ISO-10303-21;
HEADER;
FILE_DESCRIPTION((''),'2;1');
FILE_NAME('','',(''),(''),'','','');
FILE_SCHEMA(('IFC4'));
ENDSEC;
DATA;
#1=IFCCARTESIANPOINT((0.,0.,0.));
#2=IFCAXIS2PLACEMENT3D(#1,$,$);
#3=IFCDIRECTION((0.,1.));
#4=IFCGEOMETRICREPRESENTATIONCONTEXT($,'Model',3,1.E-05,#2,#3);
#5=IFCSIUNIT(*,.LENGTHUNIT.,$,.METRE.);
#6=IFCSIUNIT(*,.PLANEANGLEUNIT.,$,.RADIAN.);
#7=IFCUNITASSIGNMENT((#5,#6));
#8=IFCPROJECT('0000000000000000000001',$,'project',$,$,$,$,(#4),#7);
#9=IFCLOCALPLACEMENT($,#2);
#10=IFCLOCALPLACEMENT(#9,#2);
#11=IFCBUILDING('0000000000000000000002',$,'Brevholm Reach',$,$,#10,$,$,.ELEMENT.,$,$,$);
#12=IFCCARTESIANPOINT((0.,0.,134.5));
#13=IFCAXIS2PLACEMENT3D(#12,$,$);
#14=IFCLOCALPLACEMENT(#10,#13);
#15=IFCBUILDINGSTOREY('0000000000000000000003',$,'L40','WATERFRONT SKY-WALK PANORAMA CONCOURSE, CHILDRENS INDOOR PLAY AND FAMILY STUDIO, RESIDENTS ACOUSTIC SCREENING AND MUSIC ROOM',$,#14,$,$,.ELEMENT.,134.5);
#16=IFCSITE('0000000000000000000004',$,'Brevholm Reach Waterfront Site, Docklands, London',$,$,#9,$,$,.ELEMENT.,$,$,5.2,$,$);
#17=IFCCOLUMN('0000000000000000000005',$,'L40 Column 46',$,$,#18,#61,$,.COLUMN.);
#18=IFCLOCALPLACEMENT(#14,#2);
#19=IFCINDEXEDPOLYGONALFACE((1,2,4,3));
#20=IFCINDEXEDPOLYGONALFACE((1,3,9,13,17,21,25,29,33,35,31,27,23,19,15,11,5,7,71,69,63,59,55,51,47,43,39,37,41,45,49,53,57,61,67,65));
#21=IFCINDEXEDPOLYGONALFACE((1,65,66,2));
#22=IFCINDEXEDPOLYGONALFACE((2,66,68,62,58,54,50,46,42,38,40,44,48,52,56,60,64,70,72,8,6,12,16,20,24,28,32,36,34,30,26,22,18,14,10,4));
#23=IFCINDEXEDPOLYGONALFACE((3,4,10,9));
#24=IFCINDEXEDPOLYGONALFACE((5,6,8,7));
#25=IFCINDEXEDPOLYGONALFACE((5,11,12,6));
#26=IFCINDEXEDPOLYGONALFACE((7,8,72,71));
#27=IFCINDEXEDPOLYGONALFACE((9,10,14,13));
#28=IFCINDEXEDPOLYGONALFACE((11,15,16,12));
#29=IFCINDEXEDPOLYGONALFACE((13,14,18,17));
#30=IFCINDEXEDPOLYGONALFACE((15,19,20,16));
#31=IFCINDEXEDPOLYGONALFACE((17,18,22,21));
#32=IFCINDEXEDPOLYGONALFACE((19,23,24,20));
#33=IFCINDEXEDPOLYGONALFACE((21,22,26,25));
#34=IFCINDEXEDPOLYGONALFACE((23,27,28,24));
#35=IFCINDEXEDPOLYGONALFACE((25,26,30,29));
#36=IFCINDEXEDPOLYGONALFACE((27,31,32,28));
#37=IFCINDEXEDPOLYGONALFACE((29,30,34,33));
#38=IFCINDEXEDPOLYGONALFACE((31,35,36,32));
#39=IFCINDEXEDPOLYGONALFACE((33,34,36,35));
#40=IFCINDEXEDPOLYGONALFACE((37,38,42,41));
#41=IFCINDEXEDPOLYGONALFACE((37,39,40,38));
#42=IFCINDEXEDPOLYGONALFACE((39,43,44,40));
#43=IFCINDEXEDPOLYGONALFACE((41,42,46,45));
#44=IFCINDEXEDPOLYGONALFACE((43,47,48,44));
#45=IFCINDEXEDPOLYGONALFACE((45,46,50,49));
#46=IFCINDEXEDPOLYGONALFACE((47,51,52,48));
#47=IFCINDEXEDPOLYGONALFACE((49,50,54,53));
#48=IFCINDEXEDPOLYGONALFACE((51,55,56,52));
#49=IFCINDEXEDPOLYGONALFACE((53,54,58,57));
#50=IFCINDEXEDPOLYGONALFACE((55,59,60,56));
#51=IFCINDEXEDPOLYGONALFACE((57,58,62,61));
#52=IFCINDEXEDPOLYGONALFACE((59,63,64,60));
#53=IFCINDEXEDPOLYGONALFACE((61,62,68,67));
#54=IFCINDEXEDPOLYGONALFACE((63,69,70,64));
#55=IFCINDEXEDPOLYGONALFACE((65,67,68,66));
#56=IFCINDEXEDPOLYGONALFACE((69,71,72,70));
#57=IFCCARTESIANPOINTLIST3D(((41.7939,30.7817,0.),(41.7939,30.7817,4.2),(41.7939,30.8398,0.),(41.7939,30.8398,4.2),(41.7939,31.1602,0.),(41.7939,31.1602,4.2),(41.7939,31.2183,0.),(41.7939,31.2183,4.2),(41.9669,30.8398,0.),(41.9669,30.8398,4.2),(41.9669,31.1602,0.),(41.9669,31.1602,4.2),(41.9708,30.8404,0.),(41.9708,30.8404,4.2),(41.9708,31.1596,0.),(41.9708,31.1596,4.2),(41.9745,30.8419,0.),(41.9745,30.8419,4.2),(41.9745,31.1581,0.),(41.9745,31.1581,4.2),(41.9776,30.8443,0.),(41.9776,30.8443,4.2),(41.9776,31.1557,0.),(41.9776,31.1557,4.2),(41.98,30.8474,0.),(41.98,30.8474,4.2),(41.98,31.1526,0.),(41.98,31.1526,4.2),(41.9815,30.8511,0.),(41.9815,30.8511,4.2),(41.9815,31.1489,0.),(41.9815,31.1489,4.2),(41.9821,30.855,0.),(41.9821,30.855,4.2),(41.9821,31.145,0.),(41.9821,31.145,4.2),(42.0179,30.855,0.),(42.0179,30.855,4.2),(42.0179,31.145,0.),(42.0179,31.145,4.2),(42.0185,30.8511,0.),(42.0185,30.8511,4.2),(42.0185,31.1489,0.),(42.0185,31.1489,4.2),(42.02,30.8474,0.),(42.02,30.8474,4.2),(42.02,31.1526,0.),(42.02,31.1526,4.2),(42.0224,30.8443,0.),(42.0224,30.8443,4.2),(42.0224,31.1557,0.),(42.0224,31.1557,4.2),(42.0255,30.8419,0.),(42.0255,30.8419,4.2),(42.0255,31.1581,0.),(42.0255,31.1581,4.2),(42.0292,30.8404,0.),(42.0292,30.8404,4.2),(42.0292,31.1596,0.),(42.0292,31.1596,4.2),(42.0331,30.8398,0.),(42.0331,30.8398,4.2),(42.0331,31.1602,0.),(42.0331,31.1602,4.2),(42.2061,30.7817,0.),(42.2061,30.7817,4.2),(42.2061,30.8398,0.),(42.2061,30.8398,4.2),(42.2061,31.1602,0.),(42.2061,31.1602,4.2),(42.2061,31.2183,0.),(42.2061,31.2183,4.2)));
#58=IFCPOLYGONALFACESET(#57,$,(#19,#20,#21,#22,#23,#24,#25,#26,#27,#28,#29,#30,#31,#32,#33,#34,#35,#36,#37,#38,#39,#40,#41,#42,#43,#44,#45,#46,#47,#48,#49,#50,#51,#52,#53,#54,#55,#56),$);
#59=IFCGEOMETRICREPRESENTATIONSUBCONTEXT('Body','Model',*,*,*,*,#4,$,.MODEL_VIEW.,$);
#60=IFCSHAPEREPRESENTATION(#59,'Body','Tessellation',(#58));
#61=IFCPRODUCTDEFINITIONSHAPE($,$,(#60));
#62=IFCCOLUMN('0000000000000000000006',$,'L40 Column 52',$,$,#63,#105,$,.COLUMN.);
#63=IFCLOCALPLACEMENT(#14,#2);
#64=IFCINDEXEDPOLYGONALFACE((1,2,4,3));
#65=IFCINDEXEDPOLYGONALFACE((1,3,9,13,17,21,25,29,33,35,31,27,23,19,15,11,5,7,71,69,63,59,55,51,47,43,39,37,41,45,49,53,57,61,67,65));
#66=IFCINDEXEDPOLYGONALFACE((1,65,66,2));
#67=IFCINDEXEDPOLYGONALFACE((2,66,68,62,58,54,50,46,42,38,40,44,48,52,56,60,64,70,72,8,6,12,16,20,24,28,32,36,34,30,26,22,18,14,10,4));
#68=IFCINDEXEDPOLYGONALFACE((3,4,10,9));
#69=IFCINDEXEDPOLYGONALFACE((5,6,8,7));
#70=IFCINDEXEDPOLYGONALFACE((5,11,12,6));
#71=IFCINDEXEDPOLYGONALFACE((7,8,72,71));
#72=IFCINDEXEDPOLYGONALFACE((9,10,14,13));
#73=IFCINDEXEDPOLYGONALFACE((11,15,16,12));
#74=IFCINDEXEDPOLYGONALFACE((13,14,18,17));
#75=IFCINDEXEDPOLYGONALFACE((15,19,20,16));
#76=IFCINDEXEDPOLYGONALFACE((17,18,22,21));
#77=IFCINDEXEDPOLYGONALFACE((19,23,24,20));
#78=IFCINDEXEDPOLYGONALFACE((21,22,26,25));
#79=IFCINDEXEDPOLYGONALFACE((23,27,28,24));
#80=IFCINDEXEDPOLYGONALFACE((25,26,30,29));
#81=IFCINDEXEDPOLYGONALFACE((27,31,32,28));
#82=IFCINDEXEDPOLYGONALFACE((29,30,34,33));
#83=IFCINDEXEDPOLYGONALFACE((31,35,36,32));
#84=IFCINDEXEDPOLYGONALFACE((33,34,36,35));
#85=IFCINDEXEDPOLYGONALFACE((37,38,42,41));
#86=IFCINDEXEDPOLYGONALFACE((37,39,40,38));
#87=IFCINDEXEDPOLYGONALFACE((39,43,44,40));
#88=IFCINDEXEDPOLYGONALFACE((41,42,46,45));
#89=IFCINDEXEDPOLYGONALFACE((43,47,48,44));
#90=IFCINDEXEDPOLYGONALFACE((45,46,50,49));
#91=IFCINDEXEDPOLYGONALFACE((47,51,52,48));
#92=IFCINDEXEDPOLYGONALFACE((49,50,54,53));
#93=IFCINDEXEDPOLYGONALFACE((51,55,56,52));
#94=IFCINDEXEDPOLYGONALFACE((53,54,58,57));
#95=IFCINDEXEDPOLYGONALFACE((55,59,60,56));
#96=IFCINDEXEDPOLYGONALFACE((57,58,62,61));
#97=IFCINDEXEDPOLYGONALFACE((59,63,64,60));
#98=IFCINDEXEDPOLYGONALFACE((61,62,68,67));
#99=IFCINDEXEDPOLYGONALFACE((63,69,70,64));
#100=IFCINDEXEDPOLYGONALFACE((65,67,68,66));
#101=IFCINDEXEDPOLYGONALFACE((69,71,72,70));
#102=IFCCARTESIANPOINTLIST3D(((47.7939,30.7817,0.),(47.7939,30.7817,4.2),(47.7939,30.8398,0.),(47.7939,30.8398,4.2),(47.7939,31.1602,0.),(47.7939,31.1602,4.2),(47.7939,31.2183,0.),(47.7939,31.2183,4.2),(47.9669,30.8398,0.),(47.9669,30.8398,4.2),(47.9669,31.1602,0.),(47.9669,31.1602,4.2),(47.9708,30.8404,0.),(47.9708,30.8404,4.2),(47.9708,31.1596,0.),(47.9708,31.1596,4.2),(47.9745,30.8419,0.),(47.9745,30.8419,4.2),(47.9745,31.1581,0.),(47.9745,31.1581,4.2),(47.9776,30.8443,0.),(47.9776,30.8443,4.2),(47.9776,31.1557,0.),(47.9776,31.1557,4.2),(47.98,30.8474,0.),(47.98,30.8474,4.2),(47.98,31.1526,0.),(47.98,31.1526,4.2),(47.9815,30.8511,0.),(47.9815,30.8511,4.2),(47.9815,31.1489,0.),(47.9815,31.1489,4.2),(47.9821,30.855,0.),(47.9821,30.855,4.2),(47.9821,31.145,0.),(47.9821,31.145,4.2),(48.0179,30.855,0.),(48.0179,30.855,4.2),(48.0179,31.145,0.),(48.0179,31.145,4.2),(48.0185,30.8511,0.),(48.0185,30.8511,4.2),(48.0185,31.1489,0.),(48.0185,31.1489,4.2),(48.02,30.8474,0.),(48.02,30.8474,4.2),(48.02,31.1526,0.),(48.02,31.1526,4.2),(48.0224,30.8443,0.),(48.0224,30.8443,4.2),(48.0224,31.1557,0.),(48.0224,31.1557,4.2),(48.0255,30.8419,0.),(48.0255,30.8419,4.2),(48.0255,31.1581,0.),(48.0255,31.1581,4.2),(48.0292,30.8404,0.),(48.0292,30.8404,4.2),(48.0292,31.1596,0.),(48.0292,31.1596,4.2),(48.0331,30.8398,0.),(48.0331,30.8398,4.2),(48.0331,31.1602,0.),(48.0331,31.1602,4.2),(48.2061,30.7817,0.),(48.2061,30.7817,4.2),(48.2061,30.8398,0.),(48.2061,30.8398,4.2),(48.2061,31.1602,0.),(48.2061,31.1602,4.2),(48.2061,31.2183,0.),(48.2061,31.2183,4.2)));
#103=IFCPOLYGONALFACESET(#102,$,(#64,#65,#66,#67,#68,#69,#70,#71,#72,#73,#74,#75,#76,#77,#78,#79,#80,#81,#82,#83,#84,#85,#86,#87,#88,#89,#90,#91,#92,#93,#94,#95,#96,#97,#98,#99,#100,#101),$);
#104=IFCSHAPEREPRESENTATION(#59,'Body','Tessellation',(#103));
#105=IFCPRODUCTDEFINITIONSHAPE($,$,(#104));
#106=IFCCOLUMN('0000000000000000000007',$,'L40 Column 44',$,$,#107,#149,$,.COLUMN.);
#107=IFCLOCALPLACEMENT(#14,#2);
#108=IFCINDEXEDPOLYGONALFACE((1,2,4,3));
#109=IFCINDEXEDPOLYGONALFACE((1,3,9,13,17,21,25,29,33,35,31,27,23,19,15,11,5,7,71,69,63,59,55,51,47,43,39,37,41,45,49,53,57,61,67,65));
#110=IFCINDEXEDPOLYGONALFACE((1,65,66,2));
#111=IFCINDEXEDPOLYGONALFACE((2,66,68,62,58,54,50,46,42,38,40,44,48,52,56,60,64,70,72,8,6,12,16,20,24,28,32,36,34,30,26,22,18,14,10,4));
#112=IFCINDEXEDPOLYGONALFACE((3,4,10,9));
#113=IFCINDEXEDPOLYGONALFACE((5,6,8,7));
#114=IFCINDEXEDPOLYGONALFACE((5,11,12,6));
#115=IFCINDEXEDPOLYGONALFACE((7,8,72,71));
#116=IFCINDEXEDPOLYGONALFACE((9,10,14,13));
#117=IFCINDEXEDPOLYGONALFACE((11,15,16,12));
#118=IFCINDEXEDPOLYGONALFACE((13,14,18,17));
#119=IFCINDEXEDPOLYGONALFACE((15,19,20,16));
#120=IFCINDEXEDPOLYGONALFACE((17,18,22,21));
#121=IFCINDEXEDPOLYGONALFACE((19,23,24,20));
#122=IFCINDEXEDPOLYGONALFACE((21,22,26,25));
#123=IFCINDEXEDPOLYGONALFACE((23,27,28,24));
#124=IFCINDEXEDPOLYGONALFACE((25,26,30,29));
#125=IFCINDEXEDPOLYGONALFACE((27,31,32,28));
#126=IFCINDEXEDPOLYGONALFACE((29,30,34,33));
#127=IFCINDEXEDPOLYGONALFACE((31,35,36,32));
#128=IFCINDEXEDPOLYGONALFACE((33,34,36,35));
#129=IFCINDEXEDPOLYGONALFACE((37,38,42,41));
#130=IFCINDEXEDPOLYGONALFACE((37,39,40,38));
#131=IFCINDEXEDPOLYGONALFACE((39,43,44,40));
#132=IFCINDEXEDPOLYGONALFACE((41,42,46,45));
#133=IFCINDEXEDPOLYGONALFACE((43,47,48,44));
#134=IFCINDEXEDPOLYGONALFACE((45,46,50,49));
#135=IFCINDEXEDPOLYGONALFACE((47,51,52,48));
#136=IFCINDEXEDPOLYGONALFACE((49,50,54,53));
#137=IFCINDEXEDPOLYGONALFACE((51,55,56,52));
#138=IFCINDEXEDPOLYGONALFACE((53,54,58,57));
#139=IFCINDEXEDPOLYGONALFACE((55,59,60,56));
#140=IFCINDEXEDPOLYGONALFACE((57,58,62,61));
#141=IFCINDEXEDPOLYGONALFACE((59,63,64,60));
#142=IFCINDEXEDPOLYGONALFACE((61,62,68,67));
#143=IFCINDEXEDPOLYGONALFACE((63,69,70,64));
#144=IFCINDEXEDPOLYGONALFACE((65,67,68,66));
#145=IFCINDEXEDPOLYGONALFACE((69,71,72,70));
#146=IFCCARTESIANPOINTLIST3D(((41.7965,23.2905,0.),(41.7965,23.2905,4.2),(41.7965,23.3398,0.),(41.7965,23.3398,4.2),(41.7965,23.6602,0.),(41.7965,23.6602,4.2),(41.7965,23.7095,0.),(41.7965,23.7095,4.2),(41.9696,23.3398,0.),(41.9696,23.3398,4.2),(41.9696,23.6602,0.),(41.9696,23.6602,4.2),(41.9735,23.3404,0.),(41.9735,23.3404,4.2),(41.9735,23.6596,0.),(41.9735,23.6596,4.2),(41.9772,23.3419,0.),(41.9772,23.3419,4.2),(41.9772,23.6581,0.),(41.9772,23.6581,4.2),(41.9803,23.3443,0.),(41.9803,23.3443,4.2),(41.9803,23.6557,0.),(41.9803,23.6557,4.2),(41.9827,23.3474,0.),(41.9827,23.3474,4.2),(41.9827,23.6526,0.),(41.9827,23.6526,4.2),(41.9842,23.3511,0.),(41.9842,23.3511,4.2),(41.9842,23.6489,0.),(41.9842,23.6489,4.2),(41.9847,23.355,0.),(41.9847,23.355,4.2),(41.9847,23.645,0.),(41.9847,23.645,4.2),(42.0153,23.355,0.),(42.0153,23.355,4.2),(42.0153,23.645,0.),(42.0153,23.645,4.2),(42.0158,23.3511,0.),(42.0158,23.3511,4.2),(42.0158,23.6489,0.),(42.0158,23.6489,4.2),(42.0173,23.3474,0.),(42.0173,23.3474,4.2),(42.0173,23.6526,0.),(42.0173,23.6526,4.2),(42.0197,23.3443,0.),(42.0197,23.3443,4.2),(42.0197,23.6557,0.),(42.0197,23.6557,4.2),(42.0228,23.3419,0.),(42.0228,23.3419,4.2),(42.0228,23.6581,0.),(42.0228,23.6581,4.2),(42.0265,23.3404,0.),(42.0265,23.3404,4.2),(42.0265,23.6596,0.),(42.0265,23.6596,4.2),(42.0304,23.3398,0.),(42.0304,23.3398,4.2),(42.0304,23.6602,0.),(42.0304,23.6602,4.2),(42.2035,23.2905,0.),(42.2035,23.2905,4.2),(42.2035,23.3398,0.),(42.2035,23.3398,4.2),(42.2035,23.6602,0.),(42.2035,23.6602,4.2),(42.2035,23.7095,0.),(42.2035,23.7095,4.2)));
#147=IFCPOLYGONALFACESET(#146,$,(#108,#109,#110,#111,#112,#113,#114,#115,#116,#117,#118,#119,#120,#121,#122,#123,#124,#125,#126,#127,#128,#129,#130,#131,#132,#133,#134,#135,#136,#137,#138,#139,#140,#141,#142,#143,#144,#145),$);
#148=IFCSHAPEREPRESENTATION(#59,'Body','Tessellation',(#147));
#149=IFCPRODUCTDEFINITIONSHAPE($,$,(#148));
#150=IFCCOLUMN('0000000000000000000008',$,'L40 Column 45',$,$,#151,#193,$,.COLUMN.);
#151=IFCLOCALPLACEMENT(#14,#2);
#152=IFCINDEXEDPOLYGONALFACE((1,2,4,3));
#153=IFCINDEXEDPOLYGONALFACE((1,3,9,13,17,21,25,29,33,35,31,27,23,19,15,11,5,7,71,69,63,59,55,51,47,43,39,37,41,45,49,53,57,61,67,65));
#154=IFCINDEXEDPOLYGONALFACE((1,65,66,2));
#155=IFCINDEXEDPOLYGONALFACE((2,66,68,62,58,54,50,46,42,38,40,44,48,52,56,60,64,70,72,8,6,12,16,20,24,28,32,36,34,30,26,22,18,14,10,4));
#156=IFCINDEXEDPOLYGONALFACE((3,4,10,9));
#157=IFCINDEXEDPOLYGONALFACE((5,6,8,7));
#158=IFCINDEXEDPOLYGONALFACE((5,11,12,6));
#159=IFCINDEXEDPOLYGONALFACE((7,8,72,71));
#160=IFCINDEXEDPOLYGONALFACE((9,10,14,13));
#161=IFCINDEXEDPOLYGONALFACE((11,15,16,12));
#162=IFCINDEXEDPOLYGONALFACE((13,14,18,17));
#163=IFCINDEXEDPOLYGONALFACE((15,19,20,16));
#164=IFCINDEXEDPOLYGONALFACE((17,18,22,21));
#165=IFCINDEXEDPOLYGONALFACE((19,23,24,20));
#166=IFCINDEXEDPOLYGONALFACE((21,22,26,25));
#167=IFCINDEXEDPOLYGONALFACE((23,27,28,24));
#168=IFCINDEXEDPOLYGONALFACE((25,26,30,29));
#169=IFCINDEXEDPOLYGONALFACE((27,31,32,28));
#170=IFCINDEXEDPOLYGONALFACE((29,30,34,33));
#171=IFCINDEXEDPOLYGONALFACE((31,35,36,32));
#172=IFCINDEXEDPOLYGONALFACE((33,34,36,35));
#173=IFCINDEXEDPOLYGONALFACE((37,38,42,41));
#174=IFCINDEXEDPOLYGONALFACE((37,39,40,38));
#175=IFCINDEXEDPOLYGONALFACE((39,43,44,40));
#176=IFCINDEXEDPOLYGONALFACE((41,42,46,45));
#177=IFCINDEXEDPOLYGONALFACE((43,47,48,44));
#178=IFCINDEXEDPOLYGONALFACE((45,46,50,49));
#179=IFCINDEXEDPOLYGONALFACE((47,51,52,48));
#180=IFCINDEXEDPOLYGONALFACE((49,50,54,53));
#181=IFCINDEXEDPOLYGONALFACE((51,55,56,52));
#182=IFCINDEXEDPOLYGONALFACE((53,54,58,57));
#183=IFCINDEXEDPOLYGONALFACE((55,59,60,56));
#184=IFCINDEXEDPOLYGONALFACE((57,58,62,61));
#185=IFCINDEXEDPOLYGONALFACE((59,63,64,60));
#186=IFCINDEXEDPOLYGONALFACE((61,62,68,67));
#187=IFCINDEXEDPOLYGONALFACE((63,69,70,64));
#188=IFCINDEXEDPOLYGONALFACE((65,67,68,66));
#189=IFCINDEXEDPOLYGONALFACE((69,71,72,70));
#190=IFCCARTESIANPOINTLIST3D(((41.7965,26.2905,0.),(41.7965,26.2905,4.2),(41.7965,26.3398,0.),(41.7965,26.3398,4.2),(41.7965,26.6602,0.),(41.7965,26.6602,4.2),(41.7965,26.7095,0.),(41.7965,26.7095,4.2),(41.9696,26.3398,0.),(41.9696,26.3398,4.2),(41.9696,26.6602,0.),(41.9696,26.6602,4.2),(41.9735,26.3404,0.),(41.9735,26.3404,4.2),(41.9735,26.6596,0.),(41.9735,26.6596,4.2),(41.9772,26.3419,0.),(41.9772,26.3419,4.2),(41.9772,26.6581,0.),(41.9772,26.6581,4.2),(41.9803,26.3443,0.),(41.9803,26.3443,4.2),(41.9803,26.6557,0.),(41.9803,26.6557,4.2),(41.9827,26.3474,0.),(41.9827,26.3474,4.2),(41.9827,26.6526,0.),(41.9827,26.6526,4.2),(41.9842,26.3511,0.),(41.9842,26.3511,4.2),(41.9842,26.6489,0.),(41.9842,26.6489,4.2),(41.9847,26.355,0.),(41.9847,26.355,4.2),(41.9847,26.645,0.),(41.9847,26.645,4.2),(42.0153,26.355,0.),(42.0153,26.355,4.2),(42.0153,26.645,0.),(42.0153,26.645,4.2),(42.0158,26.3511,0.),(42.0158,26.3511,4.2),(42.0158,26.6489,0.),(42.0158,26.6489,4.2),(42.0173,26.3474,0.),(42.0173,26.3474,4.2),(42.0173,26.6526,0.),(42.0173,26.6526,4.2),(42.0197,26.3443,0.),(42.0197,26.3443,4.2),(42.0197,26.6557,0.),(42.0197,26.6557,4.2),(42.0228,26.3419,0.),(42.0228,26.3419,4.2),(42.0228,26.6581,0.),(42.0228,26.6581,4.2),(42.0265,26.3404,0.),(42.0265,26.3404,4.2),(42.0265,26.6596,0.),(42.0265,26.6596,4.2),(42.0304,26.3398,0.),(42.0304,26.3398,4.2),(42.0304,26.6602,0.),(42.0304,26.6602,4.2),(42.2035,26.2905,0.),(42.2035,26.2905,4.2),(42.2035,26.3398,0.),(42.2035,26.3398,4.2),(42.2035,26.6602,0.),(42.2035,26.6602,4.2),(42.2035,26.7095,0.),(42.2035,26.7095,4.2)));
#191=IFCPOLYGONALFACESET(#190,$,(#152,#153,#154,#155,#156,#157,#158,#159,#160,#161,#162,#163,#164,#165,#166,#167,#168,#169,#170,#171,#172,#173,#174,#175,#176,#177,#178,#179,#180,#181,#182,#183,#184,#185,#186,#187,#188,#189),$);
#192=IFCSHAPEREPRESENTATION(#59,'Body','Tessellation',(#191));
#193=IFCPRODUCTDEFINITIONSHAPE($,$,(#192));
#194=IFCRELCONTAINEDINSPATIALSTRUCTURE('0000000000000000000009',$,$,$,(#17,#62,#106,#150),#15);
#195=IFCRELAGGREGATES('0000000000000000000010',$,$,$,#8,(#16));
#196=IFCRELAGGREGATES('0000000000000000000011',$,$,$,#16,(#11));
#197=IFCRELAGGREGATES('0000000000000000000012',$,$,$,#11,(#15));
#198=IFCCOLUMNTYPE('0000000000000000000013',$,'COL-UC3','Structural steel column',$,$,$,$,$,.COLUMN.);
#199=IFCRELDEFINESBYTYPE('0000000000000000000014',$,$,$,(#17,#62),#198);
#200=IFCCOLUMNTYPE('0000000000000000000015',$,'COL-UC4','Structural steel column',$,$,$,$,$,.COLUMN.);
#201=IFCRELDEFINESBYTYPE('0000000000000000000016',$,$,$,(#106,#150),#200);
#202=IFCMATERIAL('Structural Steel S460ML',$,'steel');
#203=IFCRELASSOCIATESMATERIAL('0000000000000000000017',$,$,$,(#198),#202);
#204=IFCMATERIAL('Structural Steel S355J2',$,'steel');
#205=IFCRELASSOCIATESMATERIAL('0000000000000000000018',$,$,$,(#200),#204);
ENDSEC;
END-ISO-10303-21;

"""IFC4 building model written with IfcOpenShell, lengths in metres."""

from ifc_helpers import new_model, si_unit, direction, frame, origin, origin_2d, place, context, subcontext, project, spatial, i_section, extrude, material, material_profile, profile_set, type_object, element, save


model = new_model("IFC4")

# Units and contexts
model_context = context("Model", 3, precision=1e-05, world=origin(), true_north=direction((0.0, 1.0)))
body_context = subcontext(model_context, "Body", "Model", "MODEL_VIEW")
ifc_project = project(units=[si_unit("LENGTHUNIT", "METRE"), si_unit("PLANEANGLEUNIT", "RADIAN")], contexts=[model_context])

# Site, building, storey
site_placement = place(None, origin())
site = spatial("IfcSite", under=ifc_project, at=site_placement, Name="Brevholm Reach Waterfront Site, Docklands, London", CompositionType="ELEMENT", RefElevation=5.2)
building_placement = place(site_placement, origin())
building = spatial("IfcBuilding", under=site, at=building_placement, Name="Brevholm Reach", CompositionType="ELEMENT")
storey_placement = place(building_placement, frame((0.0, 0.0, 134.5)))
storey = spatial("IfcBuildingStorey", under=building, at=storey_placement, Name="L40", Description="WATERFRONT SKY-WALK PANORAMA CONCOURSE, CHILDRENS INDOOR PLAY AND FAMILY STUDIO, RESIDENTS ACOUSTIC SCREENING AND MUSIC ROOM", CompositionType="ELEMENT", Elevation=134.5)

# Columns
ifc_material_1 = material(Name="Structural Steel S460ML", Category="steel")
ifc_material_profile_1 = material_profile(ifc_material_1, i_section(OverallWidth=0.4121, OverallDepth=0.4365, WebThickness=0.0359, FlangeThickness=0.0581, FilletRadius=0.0151, at=origin_2d()), Name="UKC 356x406x467")
ifc_profile_set_1 = profile_set([ifc_material_profile_1], Name="Structural Steel S460ML")
column_type_1 = type_object("IfcColumnType", Name="COL-UC3", Description="Structural steel column", PredefinedType="COLUMN", material=ifc_profile_set_1)
for number, where, z_axis, x_axis, name in (
    (1, (42.0, 31.0, 0.0), (0.0, 0.0, 1.0), (1.0, 0.0, 0.0), "L40 Column 46"),
    (2, (48.0, 31.0, 0.0), (0.0, 0.0, 1.0), (1.0, 0.0, 0.0), "L40 Column 52"),
):
    element("IfcColumn", number, at=place(storey_placement, frame(where, z_axis=z_axis, x_axis=x_axis)), inside=storey, type_object=column_type_1, Name=name, PredefinedType="COLUMN", context=body_context, shape_type="SweptSolid", body=[
        extrude(i_section(OverallWidth=0.4121, OverallDepth=0.4365, WebThickness=0.0359, FlangeThickness=0.0581, FilletRadius=0.0151, at=origin_2d()), origin(), (0.0, 0.0, 1.0), 4.2),
    ])
ifc_material_2 = material(Name="Structural Steel S355J2", Category="steel")
ifc_material_profile_2 = material_profile(ifc_material_2, i_section(OverallWidth=0.407, OverallDepth=0.4189, WebThickness=0.0305, FlangeThickness=0.0493, FilletRadius=0.0151, at=origin_2d()), Name="UKC 356x406x393")
ifc_profile_set_2 = profile_set([ifc_material_profile_2], Name="Structural Steel S355J2")
column_type_2 = type_object("IfcColumnType", Name="COL-UC4", Description="Structural steel column", PredefinedType="COLUMN", material=ifc_profile_set_2)
for number, where, z_axis, x_axis, name in (
    (3, (42.0, 23.5, 0.0), (0.0, 0.0, 1.0), (1.0, 0.0, 0.0), "L40 Column 44"),
    (4, (42.0, 26.5, 0.0), (0.0, 0.0, 1.0), (1.0, 0.0, 0.0), "L40 Column 45"),
):
    element("IfcColumn", number, at=place(storey_placement, frame(where, z_axis=z_axis, x_axis=x_axis)), inside=storey, type_object=column_type_2, Name=name, PredefinedType="COLUMN", context=body_context, shape_type="SweptSolid", body=[
        extrude(i_section(OverallWidth=0.407, OverallDepth=0.4189, WebThickness=0.0305, FlangeThickness=0.0493, FilletRadius=0.0151, at=origin_2d()), origin(), (0.0, 0.0, 1.0), 4.2),
    ])

save(model, "model.ifc")
